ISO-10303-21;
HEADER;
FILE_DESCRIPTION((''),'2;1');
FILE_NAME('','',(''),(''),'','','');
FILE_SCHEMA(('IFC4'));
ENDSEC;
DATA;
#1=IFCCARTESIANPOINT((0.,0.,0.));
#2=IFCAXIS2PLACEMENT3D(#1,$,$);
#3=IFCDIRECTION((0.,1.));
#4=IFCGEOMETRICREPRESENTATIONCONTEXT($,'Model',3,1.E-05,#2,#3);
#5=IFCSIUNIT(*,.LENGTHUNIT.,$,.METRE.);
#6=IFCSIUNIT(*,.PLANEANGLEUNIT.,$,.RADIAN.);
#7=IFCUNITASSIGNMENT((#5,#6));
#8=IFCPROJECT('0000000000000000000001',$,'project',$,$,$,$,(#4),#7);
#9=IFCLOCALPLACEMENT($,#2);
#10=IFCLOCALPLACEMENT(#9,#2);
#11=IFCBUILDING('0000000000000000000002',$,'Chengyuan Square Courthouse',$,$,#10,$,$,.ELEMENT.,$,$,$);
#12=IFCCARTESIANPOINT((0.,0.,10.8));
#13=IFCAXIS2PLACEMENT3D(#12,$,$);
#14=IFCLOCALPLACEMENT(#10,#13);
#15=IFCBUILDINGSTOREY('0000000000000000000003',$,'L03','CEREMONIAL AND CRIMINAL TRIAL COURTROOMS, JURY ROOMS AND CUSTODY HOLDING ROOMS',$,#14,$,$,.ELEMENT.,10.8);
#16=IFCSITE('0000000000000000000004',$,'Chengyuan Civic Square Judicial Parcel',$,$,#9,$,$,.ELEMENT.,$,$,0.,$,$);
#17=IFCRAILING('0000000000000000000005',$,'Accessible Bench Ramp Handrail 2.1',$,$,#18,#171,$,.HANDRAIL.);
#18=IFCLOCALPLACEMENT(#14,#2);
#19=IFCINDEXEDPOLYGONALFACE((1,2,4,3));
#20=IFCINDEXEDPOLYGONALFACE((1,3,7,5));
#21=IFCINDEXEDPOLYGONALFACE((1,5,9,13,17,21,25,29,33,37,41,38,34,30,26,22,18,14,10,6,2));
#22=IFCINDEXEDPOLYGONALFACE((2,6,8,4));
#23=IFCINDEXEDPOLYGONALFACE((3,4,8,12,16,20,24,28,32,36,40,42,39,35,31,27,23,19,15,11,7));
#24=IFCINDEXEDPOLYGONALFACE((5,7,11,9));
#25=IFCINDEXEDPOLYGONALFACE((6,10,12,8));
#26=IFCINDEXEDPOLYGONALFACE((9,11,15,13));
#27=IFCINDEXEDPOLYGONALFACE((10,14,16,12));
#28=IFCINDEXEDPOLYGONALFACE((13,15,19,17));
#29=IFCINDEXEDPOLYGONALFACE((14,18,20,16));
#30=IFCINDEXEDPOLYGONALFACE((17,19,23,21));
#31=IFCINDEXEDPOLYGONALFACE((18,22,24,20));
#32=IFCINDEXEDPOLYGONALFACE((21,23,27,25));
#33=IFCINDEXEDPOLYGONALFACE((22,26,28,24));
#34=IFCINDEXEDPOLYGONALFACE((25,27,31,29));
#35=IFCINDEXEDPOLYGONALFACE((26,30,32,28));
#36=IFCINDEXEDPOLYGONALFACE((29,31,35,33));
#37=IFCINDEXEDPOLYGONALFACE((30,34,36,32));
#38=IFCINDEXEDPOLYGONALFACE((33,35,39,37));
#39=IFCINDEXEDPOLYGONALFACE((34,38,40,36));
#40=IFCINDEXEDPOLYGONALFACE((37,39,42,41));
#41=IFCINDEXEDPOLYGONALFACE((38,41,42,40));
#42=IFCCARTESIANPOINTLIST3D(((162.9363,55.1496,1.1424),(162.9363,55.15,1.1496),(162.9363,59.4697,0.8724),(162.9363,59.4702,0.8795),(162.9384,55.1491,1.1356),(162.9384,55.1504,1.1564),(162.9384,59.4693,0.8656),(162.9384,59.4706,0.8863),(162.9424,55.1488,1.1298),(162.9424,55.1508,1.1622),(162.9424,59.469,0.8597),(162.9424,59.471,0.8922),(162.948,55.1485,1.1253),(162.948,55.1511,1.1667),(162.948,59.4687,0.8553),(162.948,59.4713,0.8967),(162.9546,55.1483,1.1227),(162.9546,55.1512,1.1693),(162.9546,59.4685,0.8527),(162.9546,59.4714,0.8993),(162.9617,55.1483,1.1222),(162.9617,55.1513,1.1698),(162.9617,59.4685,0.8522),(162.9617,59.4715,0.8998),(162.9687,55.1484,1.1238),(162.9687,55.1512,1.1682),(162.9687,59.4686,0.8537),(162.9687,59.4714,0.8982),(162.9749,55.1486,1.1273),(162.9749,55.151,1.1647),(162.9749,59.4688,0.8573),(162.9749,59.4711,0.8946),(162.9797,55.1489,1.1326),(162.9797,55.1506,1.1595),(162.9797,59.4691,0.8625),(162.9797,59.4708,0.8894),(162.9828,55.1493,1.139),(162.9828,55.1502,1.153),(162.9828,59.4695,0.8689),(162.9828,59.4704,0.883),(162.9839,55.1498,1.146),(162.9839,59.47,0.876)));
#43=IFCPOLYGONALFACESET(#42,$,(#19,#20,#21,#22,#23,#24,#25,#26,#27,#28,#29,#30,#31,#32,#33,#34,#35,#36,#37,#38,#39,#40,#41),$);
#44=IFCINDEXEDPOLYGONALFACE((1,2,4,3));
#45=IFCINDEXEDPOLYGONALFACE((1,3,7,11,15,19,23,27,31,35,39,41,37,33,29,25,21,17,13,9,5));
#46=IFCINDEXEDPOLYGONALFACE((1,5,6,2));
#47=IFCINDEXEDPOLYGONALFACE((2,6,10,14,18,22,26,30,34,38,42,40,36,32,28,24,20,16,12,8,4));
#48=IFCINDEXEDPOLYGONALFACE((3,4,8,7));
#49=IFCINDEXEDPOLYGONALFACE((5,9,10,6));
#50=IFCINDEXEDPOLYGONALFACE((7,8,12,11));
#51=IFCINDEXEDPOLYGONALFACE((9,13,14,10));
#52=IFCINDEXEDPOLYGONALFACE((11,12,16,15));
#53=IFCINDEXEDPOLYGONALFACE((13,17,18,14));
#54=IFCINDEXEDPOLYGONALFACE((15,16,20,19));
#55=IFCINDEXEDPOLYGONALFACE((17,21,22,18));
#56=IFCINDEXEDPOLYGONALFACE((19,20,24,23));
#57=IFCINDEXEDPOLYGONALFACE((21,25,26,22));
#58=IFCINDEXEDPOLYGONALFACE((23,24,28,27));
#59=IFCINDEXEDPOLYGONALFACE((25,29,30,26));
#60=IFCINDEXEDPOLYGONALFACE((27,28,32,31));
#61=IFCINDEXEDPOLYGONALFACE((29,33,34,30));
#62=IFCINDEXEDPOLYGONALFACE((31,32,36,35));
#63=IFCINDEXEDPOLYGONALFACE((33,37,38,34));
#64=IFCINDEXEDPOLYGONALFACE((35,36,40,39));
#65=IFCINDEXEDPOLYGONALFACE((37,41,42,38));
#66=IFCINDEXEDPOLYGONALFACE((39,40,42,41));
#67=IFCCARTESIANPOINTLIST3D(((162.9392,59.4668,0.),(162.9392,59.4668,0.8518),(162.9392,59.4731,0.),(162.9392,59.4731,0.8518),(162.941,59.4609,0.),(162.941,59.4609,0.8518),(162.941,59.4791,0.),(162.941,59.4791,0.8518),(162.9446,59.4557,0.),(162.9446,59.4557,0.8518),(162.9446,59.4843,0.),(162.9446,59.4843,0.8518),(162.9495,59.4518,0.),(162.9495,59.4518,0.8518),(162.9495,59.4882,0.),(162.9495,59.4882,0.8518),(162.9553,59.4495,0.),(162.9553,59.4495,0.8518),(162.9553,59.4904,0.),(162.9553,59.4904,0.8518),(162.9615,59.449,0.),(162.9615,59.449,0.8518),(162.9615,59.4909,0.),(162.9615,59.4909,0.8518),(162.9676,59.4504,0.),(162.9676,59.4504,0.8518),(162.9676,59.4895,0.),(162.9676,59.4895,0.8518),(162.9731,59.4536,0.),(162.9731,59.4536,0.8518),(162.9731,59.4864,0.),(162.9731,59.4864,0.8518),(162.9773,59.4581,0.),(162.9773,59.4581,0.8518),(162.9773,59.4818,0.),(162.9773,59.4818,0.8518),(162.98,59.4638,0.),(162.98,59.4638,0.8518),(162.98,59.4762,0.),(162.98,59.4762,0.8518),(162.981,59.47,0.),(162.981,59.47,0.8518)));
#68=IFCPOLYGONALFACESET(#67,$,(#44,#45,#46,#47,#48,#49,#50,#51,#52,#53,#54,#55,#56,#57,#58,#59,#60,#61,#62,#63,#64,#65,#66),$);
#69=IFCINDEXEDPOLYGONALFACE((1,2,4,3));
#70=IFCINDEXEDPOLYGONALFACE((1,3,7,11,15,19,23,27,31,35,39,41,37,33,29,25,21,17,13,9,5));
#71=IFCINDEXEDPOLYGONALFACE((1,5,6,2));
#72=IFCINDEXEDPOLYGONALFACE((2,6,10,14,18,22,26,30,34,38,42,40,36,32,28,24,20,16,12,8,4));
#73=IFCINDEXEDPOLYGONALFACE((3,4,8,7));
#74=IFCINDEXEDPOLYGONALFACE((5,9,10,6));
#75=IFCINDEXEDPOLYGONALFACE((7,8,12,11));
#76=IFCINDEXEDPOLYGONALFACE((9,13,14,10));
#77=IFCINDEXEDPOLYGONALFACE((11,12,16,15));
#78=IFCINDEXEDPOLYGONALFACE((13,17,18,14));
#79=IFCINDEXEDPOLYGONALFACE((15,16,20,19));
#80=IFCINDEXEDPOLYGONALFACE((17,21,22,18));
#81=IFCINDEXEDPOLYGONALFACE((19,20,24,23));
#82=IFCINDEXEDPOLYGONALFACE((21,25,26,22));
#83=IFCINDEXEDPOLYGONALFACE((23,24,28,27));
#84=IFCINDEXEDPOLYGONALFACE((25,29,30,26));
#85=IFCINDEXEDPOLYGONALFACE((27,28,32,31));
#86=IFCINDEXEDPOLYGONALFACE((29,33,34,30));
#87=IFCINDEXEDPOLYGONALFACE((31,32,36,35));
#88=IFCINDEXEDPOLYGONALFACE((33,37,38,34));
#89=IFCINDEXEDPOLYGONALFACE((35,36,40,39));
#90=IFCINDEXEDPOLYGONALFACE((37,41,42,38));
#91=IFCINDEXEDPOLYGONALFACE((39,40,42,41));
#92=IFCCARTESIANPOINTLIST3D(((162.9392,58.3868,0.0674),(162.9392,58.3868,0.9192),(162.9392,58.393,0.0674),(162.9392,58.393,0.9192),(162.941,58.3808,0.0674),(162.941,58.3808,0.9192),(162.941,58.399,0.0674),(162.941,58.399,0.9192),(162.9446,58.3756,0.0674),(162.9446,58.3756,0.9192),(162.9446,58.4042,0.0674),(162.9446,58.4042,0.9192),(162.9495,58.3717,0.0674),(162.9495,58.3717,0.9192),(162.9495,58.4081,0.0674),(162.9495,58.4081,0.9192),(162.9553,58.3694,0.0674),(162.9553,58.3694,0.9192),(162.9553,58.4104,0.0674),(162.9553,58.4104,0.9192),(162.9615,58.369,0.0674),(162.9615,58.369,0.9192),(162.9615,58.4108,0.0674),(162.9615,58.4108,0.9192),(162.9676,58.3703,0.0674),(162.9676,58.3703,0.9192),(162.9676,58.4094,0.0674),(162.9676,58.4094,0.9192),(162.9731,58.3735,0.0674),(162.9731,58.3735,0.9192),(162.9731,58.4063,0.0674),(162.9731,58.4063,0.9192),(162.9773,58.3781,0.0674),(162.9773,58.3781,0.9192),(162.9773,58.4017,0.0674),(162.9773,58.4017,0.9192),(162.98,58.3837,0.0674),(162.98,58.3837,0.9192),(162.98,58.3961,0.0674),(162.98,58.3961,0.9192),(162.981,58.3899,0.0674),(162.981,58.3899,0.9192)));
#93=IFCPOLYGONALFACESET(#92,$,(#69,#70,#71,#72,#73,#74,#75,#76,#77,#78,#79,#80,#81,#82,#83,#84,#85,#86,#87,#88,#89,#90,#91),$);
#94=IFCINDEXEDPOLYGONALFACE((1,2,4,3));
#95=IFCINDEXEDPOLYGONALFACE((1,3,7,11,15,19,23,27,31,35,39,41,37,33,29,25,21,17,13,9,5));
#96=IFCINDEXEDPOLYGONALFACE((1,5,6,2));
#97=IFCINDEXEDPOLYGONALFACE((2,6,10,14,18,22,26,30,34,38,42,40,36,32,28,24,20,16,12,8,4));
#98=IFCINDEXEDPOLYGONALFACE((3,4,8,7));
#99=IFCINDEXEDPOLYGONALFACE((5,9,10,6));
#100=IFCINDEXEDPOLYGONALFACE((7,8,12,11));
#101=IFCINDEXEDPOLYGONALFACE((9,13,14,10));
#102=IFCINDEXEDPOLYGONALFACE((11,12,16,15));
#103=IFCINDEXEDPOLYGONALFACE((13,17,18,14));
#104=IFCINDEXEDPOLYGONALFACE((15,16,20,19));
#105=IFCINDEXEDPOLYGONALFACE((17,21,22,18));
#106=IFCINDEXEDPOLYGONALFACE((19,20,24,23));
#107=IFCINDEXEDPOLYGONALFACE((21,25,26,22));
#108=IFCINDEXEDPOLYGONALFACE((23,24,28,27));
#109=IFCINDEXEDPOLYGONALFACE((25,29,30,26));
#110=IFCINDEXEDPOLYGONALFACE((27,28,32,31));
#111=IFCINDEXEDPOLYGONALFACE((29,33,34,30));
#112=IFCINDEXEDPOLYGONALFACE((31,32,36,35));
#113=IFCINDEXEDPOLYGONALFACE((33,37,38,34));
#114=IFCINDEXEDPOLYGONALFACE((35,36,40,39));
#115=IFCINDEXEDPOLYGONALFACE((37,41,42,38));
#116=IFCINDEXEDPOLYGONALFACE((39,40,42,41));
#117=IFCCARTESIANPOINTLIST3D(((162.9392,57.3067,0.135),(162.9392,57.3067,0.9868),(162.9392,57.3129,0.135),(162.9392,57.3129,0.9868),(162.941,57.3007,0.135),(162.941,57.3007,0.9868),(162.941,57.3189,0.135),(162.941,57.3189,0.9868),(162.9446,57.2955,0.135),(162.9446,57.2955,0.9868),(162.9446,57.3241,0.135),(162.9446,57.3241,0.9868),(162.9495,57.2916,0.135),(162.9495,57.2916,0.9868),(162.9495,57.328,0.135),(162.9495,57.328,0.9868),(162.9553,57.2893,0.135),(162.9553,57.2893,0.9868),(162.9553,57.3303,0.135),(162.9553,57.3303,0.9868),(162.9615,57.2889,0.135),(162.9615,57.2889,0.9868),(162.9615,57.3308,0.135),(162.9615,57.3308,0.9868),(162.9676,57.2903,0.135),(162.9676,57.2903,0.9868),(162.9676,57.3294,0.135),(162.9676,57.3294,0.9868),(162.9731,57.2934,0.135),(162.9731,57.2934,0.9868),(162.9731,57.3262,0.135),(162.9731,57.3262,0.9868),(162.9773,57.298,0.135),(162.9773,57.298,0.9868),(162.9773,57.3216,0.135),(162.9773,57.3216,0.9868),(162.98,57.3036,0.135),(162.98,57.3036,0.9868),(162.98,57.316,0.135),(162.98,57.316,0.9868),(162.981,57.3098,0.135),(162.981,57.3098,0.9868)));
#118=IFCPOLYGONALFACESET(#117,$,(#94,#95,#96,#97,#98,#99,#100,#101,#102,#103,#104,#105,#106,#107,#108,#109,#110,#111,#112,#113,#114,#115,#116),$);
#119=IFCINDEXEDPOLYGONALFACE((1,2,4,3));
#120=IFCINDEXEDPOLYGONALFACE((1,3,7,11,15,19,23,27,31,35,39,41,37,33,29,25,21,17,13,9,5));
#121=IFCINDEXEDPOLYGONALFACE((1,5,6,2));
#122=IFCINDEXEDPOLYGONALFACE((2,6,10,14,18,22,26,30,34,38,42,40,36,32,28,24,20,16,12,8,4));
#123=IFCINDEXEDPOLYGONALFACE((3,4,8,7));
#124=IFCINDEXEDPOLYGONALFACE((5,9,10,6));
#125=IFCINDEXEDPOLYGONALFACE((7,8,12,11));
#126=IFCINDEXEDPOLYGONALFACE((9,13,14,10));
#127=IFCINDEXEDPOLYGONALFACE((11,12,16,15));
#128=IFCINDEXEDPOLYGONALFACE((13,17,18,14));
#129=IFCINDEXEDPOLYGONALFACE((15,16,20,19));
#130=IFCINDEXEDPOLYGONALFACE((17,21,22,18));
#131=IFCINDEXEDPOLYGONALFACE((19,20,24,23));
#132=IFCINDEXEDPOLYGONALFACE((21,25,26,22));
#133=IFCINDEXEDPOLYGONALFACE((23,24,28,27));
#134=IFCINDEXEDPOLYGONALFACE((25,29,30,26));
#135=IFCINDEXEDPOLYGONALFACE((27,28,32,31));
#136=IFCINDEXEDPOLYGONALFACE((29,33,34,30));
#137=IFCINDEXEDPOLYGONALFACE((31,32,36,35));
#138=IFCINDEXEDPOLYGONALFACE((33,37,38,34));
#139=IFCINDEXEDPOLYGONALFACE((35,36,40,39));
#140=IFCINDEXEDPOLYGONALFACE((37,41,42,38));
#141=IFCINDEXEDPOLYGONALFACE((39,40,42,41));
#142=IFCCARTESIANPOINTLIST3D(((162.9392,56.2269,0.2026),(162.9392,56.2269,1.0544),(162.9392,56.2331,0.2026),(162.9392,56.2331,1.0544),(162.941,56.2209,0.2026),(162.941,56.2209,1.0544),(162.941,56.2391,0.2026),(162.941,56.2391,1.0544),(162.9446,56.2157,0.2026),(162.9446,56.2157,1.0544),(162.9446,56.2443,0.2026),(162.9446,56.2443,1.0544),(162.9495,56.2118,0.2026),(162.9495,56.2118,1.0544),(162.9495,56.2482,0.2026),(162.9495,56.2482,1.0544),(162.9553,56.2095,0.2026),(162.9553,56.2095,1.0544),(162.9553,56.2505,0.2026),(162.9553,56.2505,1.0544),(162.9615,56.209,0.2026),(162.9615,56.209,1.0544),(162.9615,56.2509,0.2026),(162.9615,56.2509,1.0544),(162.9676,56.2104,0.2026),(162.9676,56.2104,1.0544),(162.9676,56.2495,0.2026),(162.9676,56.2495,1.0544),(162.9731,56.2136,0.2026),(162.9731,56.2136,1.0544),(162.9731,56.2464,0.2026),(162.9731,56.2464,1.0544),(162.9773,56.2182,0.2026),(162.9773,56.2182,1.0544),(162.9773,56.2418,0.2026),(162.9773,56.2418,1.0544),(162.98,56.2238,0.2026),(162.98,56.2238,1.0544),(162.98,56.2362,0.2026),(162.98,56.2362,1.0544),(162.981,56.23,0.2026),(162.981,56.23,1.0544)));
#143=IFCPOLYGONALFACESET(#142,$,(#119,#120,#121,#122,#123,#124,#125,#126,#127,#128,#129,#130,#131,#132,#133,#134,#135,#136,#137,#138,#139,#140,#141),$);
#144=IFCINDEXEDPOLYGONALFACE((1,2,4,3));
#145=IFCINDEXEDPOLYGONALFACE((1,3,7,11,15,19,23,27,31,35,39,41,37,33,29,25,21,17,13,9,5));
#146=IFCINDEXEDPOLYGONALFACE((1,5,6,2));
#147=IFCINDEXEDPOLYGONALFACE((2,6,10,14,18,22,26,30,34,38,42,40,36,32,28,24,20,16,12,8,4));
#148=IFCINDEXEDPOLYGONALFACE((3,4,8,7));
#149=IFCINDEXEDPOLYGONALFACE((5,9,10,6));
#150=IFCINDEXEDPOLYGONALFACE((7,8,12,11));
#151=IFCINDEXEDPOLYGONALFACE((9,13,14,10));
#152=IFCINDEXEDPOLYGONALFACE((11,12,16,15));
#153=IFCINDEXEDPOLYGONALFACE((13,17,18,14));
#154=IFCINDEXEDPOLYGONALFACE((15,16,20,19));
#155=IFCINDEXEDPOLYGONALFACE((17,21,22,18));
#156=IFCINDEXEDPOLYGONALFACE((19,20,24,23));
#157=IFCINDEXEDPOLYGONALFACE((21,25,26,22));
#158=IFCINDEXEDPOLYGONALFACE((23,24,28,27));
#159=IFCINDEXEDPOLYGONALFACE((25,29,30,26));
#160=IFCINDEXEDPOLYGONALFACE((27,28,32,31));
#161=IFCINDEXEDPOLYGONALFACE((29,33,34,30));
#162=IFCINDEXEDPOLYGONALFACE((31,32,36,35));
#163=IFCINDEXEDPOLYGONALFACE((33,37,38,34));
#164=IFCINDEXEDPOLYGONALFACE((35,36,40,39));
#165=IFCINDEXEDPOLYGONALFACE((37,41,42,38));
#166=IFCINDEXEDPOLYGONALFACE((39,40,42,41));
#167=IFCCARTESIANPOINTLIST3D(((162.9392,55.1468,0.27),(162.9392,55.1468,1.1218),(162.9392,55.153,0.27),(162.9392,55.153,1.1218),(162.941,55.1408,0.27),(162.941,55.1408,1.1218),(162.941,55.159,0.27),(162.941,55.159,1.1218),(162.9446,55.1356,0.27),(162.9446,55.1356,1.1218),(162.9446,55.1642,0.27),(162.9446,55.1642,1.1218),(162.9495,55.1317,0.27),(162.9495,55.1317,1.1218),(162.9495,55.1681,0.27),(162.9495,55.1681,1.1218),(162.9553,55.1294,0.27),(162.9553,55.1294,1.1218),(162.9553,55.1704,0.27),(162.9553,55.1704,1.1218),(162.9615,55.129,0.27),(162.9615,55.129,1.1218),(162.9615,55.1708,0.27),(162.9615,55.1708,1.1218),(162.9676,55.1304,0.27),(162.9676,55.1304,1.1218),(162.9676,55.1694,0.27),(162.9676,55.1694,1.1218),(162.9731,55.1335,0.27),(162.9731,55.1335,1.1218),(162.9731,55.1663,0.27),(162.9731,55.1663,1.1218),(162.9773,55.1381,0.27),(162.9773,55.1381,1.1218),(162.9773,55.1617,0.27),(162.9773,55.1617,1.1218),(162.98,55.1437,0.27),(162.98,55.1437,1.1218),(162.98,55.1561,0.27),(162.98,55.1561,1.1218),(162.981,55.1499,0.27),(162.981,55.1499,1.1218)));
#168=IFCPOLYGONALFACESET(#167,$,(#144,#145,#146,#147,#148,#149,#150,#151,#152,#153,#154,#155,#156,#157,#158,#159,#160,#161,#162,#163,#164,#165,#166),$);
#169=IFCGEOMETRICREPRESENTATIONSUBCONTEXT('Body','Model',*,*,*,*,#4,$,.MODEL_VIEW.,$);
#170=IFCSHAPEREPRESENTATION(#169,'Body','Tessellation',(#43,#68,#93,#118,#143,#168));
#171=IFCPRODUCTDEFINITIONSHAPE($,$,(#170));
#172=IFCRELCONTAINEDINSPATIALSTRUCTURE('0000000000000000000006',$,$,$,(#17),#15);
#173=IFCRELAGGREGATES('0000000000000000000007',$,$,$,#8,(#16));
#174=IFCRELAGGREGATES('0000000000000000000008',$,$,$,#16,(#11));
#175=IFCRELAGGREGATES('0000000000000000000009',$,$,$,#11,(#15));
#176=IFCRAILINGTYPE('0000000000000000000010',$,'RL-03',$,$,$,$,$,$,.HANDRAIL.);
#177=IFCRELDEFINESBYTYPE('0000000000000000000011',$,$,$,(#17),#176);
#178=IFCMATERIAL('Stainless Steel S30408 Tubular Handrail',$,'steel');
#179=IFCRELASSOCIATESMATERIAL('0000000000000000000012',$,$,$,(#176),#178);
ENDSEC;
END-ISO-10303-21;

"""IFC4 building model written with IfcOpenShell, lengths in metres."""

from ifc_helpers import new_model, si_unit, direction, frame, origin, origin_2d, place, context, subcontext, project, spatial, circle, extrude, material, type_object, element, save


model = new_model("IFC4")

# Units and contexts
model_context = context("Model", 3, precision=1e-05, world=origin(), true_north=direction((0.0, 1.0)))
body_context = subcontext(model_context, "Body", "Model", "MODEL_VIEW")
ifc_project = project(units=[si_unit("LENGTHUNIT", "METRE"), si_unit("PLANEANGLEUNIT", "RADIAN")], contexts=[model_context])

# Site, building, storey
site_placement = place(None, origin())
site = spatial("IfcSite", under=ifc_project, at=site_placement, Name="Chengyuan Civic Square Judicial Parcel", CompositionType="ELEMENT", RefElevation=0.0)
building_placement = place(site_placement, origin())
building = spatial("IfcBuilding", under=site, at=building_placement, Name="Chengyuan Square Courthouse", CompositionType="ELEMENT")
storey_placement = place(building_placement, frame((0.0, 0.0, 10.8)))
storey = spatial("IfcBuildingStorey", under=building, at=storey_placement, Name="L03", Description="CEREMONIAL AND CRIMINAL TRIAL COURTROOMS, JURY ROOMS AND CUSTODY HOLDING ROOMS", CompositionType="ELEMENT", Elevation=10.8)

# Railing
ifc_material_1 = material(Name="Stainless Steel S30408 Tubular Handrail", Category="steel")
railing_type = type_object("IfcRailingType", Name="RL-03", PredefinedType="HANDRAIL", material=ifc_material_1)
for number, where, name in (
    (1, (162.96, 59.47, 0.0), "Accessible Bench Ramp Handrail 2.1"),
):
    element("IfcRailing", number, at=place(storey_placement, frame(where)), inside=storey, type_object=railing_type, Name=name, PredefinedType="HANDRAIL", context=body_context, shape_type="SweptSolid", body=[
        extrude(circle(Radius=0.0239, at=origin_2d()), frame((0.0, 0.0, 0.876), z_axis=(0.0, -0.998052, 0.062382), x_axis=(1.0, 0.0, 0.0)), (0.0, 0.0, 1.0), 4.3286),
        extrude(circle(Radius=0.021, at=origin_2d()), origin(), (0.0, 0.0, 1.0), 0.8518),
        extrude(circle(Radius=0.021, at=origin_2d()), frame((0.0, -1.0801, 0.0674)), (0.0, 0.0, 1.0), 0.8518),
        extrude(circle(Radius=0.021, at=origin_2d()), frame((0.0, -2.1602, 0.135)), (0.0, 0.0, 1.0), 0.8518),
        extrude(circle(Radius=0.021, at=origin_2d()), frame((0.0, -3.24, 0.2026)), (0.0, 0.0, 1.0), 0.8518),
        extrude(circle(Radius=0.021, at=origin_2d()), frame((0.0, -4.3201, 0.27)), (0.0, 0.0, 1.0), 0.8518),
    ])

save(model, "model.ifc")
